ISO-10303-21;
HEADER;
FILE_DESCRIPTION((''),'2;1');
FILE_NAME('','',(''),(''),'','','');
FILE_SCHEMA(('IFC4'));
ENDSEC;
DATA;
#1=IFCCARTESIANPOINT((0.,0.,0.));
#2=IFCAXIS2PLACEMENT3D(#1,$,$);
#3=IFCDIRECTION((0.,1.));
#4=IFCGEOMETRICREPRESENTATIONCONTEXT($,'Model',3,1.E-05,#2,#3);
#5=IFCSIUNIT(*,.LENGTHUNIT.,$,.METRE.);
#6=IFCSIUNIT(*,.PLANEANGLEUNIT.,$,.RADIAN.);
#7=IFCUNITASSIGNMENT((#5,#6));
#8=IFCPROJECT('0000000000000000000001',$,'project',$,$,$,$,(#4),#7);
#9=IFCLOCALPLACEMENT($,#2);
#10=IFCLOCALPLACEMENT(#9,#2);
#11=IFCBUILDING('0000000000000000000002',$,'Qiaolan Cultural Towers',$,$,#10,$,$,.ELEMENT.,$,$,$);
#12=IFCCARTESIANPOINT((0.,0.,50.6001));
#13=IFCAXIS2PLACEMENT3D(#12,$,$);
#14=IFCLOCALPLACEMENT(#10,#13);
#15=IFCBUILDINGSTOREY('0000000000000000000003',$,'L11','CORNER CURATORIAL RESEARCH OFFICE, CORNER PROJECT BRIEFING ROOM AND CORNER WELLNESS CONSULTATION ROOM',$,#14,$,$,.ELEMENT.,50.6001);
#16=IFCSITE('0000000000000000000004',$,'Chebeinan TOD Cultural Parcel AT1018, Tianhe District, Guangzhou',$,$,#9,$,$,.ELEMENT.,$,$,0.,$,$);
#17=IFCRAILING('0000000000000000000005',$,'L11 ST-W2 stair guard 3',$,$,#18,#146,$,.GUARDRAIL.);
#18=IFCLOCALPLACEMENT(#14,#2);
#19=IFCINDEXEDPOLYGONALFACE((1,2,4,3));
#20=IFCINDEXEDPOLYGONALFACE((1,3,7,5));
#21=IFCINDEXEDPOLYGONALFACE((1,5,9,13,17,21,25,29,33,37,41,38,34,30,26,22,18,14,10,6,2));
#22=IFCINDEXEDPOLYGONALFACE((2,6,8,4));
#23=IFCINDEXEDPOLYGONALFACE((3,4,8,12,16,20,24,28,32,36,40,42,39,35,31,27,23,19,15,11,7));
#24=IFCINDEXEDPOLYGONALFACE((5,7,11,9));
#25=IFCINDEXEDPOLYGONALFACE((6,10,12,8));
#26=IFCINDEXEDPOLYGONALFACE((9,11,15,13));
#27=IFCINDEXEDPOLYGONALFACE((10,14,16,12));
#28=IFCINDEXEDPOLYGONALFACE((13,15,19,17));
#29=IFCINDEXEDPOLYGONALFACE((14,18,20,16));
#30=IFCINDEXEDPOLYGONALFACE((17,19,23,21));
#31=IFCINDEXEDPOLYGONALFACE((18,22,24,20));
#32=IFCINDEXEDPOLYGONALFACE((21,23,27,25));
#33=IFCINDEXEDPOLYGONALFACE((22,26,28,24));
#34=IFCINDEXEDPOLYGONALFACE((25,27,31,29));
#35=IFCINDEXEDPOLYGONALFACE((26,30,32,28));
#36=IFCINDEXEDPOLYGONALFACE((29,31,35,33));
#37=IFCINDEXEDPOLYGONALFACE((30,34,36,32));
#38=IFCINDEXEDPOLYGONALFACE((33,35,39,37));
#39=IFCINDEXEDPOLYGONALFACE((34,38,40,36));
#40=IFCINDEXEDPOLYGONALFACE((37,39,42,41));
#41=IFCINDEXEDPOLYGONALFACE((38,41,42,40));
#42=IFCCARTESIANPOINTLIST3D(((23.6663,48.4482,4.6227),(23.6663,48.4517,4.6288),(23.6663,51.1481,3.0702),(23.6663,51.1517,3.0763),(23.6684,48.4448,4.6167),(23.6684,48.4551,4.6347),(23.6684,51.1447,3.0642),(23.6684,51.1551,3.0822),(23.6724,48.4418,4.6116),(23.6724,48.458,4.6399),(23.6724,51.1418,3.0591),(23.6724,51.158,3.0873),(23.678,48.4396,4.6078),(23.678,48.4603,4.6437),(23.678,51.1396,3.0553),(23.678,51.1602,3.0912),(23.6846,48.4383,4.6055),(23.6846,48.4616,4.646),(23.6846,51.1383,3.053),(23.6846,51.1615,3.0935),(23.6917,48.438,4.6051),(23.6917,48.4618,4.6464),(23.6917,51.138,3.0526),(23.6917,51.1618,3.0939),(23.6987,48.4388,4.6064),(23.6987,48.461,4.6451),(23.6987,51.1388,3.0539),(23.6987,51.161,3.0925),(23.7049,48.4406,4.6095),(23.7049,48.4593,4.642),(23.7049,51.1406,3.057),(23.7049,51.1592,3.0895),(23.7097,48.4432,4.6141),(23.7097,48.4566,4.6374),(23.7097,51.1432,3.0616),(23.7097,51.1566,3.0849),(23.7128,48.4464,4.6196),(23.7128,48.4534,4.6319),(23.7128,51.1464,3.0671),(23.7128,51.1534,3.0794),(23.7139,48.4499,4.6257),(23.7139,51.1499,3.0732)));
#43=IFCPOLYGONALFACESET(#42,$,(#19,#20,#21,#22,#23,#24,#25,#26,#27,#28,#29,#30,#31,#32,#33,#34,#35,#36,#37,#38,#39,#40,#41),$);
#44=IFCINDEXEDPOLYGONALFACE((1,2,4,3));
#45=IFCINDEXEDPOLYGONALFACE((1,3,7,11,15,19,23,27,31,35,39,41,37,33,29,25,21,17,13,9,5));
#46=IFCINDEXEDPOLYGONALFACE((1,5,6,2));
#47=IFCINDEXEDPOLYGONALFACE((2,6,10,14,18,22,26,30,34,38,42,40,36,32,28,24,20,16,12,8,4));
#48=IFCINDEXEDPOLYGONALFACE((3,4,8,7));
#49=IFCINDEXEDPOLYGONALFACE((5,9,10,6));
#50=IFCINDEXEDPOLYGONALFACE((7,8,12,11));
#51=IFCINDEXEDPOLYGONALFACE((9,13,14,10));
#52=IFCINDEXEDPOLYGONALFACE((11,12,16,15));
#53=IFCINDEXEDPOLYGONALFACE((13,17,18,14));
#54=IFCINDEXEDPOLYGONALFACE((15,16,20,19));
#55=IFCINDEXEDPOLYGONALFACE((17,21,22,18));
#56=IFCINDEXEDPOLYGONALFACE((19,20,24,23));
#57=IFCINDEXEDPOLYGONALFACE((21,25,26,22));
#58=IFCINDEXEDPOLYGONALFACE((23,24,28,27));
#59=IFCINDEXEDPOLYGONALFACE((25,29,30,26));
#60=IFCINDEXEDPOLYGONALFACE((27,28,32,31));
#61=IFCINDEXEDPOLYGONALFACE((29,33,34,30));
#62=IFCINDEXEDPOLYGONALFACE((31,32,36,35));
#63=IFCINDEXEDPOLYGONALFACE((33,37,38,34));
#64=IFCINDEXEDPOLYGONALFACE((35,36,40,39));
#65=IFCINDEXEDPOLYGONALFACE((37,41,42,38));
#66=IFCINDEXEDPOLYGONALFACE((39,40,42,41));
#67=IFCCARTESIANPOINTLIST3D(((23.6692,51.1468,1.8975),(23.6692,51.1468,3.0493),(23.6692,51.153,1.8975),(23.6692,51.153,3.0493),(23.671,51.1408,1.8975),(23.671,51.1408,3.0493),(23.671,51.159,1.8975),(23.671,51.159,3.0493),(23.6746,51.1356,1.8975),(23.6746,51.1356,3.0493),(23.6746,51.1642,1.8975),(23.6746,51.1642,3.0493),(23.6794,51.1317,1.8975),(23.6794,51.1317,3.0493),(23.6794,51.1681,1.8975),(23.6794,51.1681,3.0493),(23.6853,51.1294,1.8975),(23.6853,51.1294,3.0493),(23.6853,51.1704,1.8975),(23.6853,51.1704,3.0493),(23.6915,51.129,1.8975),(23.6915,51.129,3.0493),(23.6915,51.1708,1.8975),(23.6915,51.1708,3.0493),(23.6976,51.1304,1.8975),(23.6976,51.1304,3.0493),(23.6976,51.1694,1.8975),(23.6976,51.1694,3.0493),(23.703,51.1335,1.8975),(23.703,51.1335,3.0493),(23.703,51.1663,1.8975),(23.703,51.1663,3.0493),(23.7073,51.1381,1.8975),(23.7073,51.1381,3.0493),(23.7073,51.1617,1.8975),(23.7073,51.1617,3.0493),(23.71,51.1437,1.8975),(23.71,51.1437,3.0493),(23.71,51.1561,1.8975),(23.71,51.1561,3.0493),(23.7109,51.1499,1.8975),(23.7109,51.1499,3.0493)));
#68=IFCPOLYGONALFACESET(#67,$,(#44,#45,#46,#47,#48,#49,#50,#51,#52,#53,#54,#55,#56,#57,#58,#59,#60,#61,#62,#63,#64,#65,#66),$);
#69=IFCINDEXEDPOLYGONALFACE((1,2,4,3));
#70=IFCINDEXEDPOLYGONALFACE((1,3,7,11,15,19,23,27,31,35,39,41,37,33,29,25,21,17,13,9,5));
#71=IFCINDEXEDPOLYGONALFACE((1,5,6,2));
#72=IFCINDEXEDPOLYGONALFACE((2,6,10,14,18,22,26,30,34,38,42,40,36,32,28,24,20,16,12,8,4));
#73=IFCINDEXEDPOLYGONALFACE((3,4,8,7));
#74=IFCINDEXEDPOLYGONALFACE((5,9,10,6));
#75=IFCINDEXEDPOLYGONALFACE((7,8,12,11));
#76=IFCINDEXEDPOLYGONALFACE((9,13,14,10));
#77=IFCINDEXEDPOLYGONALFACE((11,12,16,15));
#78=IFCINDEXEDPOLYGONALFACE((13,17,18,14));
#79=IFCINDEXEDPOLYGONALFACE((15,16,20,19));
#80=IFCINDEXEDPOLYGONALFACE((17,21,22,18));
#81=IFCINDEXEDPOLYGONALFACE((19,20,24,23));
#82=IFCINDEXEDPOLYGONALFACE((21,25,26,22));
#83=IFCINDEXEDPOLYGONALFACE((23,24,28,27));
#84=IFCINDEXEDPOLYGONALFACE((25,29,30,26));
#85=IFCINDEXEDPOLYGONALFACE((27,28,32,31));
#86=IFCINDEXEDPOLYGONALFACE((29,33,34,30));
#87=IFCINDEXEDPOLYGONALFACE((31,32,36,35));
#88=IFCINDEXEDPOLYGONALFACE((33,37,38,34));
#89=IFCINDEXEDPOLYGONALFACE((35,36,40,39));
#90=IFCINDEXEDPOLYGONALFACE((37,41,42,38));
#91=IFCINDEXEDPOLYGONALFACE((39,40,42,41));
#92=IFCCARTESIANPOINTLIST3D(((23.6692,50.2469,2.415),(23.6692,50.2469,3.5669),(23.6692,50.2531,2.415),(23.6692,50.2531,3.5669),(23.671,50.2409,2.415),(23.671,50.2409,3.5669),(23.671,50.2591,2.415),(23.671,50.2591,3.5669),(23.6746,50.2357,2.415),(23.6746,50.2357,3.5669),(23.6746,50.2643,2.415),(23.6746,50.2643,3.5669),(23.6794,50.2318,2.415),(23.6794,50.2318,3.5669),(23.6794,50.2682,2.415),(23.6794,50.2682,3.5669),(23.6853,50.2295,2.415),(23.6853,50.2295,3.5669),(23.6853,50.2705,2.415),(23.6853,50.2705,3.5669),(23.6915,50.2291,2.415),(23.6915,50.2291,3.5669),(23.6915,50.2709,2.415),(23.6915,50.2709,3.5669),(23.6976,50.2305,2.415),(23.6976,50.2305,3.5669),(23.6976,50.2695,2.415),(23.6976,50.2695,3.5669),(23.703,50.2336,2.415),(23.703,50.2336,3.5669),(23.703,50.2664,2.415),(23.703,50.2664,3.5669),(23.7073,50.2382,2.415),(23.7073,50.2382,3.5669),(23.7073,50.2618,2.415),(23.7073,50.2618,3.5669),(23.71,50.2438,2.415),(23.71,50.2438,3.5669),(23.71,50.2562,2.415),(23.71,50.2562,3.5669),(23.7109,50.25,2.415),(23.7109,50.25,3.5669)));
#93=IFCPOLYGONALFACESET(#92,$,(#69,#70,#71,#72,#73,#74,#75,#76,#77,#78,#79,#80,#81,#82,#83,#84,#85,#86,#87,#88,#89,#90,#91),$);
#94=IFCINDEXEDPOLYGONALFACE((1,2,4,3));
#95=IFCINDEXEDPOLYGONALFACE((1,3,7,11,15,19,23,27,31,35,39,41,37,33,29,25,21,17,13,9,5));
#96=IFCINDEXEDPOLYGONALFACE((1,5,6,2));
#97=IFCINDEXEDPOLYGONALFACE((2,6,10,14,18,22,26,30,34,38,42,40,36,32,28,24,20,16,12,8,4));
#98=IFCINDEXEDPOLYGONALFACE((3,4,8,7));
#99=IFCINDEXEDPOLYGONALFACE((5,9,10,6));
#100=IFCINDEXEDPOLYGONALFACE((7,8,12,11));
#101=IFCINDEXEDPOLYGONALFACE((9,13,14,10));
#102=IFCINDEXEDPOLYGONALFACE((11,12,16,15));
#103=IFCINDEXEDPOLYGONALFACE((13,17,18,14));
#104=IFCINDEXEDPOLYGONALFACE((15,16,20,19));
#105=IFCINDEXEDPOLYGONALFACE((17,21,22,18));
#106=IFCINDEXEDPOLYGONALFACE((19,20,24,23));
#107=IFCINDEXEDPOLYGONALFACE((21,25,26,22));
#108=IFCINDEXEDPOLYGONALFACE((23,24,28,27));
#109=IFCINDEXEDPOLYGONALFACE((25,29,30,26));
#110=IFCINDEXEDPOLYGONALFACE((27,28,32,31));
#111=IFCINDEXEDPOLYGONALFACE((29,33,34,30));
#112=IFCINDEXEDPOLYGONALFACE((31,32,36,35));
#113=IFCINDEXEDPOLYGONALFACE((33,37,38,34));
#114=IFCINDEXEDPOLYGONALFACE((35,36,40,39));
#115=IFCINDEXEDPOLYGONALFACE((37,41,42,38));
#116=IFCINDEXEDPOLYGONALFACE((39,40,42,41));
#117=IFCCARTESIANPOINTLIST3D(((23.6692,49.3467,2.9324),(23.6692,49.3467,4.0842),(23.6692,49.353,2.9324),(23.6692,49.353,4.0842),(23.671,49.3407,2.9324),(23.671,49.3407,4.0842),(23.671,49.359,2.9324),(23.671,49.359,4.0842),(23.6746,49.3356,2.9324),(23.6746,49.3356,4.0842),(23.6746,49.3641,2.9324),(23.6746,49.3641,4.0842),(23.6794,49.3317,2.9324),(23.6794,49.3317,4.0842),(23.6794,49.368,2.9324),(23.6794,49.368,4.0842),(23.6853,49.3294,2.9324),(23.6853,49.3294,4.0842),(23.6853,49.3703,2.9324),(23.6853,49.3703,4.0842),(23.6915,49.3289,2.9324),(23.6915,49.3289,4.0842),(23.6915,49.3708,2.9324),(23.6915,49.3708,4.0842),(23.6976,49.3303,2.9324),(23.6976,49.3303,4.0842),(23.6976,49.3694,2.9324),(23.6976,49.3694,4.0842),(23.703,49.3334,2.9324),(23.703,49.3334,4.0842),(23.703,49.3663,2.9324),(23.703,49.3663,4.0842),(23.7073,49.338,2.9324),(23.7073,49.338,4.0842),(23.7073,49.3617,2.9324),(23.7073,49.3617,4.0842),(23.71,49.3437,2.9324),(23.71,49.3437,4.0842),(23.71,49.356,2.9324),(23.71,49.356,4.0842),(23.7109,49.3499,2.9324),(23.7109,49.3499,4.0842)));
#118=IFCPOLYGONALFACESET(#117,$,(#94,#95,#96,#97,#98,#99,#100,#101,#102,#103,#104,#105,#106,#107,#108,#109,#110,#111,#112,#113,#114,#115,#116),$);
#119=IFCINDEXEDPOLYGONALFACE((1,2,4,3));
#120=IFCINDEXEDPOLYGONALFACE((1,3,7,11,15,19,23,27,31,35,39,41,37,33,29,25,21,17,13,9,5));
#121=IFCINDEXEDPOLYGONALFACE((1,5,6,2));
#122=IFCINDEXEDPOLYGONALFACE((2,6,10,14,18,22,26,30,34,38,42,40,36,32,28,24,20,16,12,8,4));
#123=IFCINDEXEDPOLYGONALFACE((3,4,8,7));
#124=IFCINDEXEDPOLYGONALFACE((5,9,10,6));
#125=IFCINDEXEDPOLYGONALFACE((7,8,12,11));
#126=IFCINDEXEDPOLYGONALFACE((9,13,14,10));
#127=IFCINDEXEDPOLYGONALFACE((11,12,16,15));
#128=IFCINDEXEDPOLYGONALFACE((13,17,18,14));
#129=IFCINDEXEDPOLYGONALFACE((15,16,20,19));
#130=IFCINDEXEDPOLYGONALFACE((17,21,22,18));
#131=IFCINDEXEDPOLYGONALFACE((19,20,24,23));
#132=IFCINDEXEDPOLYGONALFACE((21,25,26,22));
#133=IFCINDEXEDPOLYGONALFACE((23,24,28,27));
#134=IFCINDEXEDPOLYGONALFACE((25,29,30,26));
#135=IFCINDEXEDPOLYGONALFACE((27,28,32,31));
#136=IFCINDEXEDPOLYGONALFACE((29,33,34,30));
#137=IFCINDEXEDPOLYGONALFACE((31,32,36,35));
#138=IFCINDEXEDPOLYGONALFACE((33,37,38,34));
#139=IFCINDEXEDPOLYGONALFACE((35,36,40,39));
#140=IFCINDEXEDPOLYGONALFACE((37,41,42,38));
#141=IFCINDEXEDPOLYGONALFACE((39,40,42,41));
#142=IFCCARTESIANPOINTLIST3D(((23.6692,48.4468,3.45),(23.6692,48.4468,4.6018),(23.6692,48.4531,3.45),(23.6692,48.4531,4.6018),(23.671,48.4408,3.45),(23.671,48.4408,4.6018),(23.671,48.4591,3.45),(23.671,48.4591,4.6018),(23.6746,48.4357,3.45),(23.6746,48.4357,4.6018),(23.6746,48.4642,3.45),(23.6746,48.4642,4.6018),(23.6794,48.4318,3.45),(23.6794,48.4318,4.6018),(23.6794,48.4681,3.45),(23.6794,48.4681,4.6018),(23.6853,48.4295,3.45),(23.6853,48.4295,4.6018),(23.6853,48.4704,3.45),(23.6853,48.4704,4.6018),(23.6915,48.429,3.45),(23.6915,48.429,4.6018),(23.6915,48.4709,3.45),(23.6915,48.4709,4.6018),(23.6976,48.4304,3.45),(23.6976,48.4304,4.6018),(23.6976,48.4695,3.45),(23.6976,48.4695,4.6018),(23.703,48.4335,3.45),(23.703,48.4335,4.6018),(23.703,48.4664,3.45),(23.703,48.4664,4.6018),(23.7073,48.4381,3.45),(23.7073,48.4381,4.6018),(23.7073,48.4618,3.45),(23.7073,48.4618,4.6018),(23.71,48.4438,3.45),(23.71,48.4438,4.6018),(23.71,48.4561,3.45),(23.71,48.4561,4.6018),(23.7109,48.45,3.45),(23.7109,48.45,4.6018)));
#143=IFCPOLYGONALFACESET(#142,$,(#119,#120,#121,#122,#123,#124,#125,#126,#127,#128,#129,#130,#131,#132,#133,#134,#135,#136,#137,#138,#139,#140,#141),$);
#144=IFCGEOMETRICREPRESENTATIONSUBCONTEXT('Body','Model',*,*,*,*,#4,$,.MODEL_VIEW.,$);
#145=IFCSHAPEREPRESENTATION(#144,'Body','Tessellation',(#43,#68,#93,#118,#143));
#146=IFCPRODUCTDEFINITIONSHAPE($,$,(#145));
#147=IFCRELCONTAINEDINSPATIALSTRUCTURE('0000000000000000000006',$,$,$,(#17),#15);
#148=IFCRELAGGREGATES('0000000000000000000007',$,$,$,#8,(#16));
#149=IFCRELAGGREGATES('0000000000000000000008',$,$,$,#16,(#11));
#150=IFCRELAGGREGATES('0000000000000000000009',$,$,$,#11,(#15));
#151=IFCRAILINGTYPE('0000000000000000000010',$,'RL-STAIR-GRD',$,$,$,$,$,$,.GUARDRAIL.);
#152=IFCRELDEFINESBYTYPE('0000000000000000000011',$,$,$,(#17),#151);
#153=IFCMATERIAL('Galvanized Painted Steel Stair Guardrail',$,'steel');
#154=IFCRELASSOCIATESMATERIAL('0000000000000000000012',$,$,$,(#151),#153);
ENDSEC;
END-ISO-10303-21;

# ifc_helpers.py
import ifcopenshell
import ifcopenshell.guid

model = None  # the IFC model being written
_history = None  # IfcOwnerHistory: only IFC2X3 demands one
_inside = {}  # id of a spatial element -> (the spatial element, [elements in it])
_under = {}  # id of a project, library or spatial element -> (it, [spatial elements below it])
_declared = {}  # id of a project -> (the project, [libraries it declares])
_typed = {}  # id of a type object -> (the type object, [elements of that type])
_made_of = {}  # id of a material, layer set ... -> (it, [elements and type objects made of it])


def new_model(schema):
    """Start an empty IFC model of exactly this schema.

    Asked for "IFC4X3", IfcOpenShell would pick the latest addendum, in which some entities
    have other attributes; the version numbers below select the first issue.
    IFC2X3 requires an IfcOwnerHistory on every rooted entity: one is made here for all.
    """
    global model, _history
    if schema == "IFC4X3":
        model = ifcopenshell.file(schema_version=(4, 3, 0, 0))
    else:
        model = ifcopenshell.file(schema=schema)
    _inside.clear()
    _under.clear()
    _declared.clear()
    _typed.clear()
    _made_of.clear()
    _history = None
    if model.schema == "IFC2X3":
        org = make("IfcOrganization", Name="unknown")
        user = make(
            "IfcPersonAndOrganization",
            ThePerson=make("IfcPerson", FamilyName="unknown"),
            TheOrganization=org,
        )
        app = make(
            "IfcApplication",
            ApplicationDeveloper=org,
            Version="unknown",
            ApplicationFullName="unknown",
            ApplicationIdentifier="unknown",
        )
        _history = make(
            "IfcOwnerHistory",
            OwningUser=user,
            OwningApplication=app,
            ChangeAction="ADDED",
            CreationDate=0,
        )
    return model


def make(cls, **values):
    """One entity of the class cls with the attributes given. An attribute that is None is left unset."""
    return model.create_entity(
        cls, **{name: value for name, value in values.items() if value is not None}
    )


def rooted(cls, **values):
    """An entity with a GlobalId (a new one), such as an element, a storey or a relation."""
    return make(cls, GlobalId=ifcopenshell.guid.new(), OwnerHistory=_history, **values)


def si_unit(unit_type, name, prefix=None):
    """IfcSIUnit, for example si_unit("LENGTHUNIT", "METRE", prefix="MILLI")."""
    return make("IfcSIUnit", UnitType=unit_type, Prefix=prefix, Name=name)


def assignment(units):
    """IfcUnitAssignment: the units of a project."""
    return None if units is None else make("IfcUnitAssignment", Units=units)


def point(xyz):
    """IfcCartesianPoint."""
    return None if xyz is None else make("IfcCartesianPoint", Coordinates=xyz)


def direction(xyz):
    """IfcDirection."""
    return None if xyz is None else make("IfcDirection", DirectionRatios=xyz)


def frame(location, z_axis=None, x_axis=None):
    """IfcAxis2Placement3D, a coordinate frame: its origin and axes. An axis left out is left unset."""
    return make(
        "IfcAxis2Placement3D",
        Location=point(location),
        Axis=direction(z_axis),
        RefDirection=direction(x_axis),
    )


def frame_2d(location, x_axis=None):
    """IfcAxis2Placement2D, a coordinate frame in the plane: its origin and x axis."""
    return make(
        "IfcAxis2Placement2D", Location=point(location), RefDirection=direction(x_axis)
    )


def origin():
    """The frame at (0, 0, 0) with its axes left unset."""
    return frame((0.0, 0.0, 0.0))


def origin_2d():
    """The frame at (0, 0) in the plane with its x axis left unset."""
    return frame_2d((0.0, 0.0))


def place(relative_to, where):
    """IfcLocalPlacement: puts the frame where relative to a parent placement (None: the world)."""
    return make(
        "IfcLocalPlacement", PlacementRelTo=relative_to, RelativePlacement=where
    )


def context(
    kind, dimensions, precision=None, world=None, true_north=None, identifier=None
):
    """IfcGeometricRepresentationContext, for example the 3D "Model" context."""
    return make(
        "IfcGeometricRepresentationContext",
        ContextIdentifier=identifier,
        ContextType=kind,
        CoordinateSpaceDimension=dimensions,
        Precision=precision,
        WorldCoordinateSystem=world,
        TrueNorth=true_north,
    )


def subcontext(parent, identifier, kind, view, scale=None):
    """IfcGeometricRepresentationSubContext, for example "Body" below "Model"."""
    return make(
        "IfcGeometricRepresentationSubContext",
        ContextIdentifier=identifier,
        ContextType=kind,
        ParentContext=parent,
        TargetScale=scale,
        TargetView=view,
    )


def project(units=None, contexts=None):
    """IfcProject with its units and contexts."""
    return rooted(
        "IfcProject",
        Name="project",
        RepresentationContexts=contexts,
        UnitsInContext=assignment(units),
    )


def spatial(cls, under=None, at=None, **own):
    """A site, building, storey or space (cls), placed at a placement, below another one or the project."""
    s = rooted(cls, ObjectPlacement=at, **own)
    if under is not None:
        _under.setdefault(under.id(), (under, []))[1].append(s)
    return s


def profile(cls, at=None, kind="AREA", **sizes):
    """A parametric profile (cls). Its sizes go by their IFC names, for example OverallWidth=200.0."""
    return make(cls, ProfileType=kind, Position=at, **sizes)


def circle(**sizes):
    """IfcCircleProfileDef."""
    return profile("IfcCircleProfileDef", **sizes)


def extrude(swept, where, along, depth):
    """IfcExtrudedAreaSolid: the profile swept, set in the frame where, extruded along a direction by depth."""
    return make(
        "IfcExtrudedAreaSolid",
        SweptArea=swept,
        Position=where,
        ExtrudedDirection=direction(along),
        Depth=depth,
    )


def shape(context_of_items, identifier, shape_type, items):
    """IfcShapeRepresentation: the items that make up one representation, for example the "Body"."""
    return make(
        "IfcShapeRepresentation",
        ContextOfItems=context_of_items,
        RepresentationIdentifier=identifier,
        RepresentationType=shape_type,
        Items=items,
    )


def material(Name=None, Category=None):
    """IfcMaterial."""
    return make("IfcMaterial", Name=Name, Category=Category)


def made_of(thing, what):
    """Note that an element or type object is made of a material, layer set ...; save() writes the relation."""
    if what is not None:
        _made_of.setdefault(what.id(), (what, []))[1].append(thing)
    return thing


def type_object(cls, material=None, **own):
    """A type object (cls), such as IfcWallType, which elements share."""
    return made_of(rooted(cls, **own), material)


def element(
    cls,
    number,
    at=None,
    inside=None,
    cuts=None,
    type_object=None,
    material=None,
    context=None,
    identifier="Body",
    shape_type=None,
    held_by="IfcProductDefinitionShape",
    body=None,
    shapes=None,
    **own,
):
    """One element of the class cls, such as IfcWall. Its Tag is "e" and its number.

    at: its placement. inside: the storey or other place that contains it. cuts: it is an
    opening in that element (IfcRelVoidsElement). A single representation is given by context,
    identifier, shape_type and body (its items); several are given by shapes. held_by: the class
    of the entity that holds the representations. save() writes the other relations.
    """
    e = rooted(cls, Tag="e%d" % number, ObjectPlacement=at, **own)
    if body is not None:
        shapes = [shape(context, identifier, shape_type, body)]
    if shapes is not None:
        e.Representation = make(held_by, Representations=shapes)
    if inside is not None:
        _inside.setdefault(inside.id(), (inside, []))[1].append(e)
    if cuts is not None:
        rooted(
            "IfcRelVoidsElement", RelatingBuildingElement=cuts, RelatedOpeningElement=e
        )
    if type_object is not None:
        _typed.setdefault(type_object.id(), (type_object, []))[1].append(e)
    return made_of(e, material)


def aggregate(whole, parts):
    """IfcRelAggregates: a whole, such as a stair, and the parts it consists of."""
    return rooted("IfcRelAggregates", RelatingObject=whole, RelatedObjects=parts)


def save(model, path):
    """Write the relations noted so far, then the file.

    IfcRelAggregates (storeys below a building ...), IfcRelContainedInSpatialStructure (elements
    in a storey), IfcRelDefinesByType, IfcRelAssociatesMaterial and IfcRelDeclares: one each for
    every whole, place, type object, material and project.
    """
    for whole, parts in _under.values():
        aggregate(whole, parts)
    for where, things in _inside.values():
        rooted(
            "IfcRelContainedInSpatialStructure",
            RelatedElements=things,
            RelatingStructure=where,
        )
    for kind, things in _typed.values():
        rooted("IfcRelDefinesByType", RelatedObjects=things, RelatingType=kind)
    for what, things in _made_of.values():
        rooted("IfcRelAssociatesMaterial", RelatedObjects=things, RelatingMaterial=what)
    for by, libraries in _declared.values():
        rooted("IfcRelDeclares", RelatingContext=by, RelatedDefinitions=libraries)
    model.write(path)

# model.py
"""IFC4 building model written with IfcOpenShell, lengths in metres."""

from ifc_helpers import new_model, si_unit, direction, frame, origin, origin_2d, place, context, subcontext, project, spatial, circle, extrude, material, type_object, element, save


model = new_model("IFC4")

# Units and contexts
model_context = context("Model", 3, precision=1e-05, world=origin(), true_north=direction((0.0, 1.0)))
body_context = subcontext(model_context, "Body", "Model", "MODEL_VIEW")
ifc_project = project(units=[si_unit("LENGTHUNIT", "METRE"), si_unit("PLANEANGLEUNIT", "RADIAN")], contexts=[model_context])

# Site, building, storey
site_placement = place(None, origin())
site = spatial("IfcSite", under=ifc_project, at=site_placement, Name="Chebeinan TOD Cultural Parcel AT1018, Tianhe District, Guangzhou", CompositionType="ELEMENT", RefElevation=0.0)
building_placement = place(site_placement, origin())
building = spatial("IfcBuilding", under=site, at=building_placement, Name="Qiaolan Cultural Towers", CompositionType="ELEMENT")
storey_placement = place(building_placement, frame((0.0, 0.0, 50.6001)))
storey = spatial("IfcBuildingStorey", under=building, at=storey_placement, Name="L11", Description="CORNER CURATORIAL RESEARCH OFFICE, CORNER PROJECT BRIEFING ROOM AND CORNER WELLNESS CONSULTATION ROOM", CompositionType="ELEMENT", Elevation=50.6001)

# Railing
ifc_material_1 = material(Name="Galvanized Painted Steel Stair Guardrail", Category="steel")
railing_type_1 = type_object("IfcRailingType", Name="RL-STAIR-GRD", PredefinedType="GUARDRAIL", material=ifc_material_1)
railing_1_placement = place(storey_placement, frame((23.6899, 51.1499, 1.8975)))
element("IfcRailing", 1, at=railing_1_placement, inside=storey, type_object=railing_type_1, Name="L11 ST-W2 stair guard 3", PredefinedType="GUARDRAIL", context=body_context, shape_type="SweptSolid", body=[
    extrude(circle(Radius=0.0239, at=origin_2d()), frame((0.0, 0.0, 1.1758), z_axis=(0.0, -0.866904, 0.498476), x_axis=(1.0, 0.0, 0.0)), (0.0, 0.0, 1.0), 3.1145),
    extrude(circle(Radius=0.021, at=origin_2d()), origin(), (0.0, 0.0, 1.0), 1.1519),
    extrude(circle(Radius=0.021, at=origin_2d()), frame((0.0, -0.8999, 0.5176)), (0.0, 0.0, 1.0), 1.1519),
    extrude(circle(Radius=0.021, at=origin_2d()), frame((0.0, -1.8, 1.0349)), (0.0, 0.0, 1.0), 1.1519),
    extrude(circle(Radius=0.021, at=origin_2d()), frame((0.0, -2.7, 1.5525)), (0.0, 0.0, 1.0), 1.1519),
])

save(model, "model.ifc")
